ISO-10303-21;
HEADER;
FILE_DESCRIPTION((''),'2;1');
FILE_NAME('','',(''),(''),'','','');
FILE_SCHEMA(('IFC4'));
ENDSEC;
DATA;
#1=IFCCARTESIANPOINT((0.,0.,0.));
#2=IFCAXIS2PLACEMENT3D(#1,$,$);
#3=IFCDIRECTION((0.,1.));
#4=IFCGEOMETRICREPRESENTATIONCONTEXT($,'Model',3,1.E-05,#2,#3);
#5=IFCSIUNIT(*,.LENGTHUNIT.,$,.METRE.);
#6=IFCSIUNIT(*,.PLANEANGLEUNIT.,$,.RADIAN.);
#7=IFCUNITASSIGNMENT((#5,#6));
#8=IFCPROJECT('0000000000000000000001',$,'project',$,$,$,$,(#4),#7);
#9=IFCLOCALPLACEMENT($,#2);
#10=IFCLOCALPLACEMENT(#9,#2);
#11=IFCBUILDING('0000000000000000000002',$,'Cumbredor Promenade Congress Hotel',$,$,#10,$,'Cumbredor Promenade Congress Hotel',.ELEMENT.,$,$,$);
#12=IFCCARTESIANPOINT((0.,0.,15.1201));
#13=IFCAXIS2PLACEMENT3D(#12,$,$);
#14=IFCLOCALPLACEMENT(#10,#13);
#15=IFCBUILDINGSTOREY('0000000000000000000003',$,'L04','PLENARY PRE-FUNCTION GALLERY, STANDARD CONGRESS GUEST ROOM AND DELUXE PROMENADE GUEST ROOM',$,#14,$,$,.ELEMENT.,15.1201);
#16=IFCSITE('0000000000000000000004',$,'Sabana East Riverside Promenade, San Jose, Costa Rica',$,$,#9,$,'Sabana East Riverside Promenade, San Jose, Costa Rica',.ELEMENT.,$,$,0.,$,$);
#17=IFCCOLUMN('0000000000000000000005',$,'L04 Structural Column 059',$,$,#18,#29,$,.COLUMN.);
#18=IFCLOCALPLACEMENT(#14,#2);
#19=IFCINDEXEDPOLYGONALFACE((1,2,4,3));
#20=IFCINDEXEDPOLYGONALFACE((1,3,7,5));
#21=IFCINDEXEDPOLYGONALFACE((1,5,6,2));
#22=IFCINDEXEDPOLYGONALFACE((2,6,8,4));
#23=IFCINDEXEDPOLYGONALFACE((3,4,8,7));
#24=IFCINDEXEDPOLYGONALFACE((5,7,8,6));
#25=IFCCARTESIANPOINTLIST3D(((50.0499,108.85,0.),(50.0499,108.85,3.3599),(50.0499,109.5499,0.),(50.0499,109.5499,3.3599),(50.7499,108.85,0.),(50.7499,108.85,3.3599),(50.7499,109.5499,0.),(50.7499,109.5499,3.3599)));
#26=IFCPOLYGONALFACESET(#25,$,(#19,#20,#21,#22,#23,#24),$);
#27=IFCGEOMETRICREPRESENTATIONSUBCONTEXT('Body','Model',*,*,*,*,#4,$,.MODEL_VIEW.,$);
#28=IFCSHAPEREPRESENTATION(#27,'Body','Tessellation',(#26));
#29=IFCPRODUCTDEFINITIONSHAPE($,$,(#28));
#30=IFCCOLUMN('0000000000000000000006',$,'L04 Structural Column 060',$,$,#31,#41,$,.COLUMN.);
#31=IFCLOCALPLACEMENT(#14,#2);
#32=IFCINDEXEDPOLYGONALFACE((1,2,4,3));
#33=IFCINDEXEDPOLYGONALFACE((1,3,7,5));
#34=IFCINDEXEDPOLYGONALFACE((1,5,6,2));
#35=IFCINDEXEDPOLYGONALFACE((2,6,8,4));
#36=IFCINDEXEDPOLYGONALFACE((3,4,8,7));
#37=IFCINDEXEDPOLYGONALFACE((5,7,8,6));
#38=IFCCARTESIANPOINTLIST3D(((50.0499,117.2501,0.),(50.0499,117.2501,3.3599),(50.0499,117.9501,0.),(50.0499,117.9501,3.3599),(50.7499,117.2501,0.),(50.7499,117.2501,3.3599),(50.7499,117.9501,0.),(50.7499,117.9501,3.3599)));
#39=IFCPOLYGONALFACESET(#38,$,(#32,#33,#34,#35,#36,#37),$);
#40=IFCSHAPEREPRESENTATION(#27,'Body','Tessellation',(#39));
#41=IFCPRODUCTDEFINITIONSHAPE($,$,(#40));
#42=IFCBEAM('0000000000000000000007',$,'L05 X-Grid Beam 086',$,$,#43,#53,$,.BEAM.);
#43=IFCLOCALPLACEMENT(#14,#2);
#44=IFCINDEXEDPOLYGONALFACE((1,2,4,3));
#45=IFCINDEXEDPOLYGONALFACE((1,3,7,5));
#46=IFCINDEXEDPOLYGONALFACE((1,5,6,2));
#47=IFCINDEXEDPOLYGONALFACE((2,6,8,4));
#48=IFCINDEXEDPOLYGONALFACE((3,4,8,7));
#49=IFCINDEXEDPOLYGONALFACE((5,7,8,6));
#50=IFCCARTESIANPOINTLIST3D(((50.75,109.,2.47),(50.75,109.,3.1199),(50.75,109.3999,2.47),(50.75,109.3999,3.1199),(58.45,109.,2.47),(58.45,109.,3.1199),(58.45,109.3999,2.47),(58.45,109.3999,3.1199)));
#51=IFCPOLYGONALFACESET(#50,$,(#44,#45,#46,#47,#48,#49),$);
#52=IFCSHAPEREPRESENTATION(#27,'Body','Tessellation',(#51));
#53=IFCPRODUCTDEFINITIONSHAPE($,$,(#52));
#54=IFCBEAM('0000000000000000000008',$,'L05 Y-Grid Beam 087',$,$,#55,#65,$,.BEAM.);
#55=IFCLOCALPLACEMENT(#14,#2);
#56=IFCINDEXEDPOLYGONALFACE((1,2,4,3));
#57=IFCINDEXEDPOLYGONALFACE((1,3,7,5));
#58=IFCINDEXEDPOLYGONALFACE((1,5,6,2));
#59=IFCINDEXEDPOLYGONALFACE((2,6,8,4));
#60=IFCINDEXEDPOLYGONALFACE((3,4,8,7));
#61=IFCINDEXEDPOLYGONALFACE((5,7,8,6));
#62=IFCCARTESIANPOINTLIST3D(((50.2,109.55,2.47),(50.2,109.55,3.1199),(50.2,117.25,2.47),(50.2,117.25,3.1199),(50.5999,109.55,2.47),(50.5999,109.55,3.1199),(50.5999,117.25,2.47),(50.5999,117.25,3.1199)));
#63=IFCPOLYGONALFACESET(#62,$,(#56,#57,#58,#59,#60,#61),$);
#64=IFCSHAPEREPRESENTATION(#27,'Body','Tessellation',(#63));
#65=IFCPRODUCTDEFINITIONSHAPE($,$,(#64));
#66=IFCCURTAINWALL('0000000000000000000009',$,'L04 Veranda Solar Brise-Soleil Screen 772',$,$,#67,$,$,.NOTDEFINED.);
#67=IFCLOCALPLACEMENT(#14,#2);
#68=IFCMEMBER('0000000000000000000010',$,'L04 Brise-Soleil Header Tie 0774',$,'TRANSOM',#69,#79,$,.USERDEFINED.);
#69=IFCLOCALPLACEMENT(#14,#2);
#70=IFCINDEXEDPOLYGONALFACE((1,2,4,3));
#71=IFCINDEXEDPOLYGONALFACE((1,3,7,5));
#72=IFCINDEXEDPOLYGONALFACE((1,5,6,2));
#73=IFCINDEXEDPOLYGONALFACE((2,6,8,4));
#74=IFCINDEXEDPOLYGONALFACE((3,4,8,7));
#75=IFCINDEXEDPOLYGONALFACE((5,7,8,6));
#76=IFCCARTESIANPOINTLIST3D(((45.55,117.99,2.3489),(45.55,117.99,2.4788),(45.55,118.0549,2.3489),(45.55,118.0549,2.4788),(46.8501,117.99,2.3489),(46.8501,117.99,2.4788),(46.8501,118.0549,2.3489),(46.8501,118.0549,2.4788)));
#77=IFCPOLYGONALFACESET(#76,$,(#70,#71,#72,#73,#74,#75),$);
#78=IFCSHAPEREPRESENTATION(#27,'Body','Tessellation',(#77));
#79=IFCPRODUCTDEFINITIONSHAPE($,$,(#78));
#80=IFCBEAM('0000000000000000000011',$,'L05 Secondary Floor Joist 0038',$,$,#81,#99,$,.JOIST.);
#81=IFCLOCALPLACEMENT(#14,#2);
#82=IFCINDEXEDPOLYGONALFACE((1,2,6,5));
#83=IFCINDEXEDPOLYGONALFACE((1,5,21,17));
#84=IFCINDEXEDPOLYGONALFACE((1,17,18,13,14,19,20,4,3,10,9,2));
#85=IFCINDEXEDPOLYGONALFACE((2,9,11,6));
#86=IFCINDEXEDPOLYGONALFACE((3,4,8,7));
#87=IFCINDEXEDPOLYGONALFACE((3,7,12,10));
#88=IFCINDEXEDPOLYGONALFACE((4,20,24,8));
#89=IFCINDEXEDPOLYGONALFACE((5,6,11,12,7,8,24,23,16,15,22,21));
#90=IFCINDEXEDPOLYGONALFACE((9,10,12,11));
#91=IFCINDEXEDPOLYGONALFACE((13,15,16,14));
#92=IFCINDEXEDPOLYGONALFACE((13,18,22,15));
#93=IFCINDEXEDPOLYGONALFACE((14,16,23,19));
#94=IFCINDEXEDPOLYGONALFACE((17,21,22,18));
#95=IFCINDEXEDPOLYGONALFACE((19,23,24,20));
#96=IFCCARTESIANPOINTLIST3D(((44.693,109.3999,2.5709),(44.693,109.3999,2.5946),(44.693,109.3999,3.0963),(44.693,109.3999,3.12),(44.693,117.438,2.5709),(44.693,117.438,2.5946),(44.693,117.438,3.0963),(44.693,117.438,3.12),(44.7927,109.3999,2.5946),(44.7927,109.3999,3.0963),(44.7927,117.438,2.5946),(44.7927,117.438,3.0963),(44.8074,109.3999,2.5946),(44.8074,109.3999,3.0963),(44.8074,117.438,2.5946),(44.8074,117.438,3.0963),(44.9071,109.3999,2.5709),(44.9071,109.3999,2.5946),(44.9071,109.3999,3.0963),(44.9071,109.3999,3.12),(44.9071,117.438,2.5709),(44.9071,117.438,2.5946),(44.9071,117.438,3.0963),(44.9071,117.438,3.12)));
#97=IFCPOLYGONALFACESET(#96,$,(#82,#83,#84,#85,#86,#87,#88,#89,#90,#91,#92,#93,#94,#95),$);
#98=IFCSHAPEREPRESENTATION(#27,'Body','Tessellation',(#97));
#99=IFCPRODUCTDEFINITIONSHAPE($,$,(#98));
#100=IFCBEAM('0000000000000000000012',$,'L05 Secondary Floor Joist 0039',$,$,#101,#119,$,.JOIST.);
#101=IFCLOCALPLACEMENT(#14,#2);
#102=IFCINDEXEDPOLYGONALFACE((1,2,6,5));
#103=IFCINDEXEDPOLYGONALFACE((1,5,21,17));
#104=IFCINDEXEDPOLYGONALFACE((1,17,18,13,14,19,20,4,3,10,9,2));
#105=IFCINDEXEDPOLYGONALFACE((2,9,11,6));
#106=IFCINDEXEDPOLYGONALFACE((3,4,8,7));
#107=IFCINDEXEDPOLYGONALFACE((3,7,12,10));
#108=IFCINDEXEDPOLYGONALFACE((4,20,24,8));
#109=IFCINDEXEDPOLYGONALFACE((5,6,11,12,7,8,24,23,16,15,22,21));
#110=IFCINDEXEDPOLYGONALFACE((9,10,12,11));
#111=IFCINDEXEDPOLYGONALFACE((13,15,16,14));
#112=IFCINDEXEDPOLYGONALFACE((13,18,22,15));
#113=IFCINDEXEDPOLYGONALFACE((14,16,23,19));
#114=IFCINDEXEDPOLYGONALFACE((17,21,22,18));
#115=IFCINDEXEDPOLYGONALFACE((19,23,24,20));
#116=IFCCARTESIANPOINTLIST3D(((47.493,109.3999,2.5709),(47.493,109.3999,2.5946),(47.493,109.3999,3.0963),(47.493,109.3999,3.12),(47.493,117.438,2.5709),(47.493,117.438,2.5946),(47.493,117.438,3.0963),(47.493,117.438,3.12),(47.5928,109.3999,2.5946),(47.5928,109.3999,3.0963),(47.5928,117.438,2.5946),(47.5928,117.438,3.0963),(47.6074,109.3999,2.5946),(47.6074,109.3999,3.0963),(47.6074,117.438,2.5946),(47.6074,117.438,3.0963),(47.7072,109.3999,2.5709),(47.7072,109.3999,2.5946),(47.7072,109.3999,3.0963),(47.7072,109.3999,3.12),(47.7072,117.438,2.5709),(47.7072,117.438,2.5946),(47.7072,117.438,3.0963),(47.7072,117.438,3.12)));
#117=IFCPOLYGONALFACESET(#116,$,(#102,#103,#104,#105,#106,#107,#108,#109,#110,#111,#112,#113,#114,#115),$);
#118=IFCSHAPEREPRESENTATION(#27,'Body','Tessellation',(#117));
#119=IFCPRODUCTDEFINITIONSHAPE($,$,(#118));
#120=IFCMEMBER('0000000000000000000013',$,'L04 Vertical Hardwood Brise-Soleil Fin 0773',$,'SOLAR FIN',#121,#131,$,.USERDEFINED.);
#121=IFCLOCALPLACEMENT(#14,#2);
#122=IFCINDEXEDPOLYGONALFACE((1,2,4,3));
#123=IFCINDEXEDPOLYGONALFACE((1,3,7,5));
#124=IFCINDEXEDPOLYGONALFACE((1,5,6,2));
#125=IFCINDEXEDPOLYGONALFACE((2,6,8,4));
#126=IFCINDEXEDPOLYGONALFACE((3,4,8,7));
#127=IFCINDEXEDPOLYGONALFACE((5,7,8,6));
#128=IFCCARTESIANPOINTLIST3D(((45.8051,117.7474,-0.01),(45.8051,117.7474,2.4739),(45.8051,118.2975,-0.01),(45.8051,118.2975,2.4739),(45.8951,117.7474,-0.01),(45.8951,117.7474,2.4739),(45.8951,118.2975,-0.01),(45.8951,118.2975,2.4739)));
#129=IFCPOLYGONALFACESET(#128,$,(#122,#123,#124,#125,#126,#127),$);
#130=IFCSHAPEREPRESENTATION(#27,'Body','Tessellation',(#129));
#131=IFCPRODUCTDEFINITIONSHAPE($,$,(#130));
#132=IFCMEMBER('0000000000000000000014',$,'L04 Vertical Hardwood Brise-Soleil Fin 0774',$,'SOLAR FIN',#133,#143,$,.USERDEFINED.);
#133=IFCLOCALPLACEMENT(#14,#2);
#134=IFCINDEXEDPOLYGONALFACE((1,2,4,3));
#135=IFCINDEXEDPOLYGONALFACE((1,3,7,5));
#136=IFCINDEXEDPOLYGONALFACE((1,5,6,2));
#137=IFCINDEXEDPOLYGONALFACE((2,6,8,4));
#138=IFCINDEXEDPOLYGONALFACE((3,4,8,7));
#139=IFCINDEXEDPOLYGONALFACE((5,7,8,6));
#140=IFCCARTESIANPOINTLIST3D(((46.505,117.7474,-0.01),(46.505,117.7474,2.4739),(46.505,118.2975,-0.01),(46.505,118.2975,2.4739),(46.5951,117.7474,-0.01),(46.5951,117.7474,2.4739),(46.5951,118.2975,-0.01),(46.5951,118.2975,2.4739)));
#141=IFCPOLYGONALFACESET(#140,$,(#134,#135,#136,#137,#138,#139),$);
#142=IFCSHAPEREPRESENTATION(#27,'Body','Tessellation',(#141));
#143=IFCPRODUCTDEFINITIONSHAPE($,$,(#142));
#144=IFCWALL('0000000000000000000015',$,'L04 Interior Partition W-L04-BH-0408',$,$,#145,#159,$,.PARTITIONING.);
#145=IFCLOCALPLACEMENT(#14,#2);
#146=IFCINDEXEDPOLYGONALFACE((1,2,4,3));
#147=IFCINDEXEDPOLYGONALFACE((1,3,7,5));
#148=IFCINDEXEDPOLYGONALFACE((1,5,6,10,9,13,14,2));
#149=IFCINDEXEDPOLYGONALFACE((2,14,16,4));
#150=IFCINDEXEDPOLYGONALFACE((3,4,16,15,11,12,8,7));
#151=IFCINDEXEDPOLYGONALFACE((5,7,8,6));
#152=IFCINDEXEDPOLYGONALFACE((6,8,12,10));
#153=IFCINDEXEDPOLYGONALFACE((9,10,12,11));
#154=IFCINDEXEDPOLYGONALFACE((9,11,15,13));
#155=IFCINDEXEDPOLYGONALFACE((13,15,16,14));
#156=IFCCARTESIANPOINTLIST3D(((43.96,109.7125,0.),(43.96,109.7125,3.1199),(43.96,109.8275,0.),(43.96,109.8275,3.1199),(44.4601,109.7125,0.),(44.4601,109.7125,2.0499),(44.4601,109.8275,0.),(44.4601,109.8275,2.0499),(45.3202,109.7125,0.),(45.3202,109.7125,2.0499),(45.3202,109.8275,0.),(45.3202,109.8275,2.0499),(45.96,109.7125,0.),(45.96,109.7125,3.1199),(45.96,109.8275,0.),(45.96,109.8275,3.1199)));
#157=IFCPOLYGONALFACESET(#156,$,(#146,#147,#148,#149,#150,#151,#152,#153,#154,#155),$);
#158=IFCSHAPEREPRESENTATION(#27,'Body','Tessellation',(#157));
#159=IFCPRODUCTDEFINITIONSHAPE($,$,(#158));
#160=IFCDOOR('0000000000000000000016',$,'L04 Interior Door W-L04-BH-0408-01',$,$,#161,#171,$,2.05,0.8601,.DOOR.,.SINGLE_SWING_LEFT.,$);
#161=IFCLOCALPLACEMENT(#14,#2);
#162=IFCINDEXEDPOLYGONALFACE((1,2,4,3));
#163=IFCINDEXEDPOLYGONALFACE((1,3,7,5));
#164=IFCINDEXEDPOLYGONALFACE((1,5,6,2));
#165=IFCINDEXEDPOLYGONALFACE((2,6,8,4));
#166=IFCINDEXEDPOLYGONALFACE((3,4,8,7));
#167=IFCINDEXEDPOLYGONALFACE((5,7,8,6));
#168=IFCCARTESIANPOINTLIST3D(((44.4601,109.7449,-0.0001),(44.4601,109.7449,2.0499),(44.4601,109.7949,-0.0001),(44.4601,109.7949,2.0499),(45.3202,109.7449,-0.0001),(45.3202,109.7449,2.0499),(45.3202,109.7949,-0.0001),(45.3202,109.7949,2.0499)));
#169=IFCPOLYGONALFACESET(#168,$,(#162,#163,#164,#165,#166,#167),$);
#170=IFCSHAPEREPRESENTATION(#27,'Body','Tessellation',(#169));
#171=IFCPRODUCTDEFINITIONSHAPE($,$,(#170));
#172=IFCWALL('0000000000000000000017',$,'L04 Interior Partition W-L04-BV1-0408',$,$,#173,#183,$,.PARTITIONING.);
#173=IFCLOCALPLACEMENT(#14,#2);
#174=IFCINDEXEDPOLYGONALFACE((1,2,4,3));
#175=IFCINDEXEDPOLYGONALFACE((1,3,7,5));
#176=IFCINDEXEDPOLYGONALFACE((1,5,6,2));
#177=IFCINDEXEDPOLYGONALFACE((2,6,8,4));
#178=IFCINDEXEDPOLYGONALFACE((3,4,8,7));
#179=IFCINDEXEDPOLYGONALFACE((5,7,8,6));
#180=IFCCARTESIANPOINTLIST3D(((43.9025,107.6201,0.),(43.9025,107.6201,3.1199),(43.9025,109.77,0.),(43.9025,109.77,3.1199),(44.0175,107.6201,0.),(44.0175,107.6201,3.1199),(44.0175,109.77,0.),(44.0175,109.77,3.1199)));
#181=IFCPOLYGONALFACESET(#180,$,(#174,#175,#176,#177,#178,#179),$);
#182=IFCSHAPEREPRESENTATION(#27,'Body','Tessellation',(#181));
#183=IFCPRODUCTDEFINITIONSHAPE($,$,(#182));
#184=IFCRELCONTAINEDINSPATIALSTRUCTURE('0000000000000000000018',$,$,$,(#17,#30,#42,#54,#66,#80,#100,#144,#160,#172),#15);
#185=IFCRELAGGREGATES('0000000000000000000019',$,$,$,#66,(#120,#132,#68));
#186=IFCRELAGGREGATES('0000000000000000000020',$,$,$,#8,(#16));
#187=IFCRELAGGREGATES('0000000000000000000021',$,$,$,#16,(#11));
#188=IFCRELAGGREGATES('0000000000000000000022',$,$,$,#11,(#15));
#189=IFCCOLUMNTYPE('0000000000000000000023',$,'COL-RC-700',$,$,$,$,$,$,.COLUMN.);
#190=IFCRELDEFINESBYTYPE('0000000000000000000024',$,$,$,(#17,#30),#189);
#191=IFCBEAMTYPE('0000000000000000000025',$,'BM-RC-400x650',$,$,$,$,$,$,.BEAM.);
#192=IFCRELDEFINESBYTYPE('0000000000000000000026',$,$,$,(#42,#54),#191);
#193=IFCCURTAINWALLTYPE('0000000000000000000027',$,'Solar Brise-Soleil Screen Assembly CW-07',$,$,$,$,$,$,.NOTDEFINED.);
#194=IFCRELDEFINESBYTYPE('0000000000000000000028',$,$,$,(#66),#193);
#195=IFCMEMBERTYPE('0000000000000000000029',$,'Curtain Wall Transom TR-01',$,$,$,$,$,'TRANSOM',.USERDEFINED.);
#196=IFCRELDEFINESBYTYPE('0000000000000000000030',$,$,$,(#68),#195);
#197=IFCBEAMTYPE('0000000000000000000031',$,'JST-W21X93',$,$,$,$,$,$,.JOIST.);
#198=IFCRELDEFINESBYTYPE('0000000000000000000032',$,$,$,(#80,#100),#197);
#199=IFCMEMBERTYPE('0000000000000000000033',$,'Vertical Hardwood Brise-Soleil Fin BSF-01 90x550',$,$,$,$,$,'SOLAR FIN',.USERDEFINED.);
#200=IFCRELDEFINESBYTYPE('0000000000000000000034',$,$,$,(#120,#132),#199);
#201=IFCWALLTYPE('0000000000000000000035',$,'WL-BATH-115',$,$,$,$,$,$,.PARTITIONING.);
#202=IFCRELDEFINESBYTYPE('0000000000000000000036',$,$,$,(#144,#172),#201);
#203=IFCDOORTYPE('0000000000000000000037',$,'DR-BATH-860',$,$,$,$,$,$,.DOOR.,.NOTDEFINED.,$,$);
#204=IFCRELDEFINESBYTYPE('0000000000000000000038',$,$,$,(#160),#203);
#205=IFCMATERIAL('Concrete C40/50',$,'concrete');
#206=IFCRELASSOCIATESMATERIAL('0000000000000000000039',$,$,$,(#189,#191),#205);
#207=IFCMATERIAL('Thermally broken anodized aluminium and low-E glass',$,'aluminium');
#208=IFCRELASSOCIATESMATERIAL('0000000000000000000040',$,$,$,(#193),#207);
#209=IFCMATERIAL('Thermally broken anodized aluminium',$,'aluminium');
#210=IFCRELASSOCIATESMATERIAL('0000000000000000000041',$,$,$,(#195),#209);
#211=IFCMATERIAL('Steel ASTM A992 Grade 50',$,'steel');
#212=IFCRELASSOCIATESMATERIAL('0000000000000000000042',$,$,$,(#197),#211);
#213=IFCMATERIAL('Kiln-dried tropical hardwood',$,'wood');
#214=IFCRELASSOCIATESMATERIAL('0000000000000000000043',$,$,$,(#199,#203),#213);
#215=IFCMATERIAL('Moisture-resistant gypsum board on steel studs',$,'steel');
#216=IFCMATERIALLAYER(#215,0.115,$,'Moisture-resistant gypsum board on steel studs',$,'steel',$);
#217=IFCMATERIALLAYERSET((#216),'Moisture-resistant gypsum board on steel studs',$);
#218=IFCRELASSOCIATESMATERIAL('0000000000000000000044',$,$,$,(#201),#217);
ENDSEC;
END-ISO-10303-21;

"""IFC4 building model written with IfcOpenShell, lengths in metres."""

from ifc_helpers import new_model, si_unit, direction, frame, frame_2d, origin, origin_2d, place, context, subcontext, project, spatial, rectangle, i_section, extrude, material, layer, layer_set, material_profile, profile_set, type_object, element, fill, aggregate, save


model = new_model("IFC4")

# Units and contexts
model_context = context("Model", 3, precision=1e-05, world=origin(), true_north=direction((0.0, 1.0)))
body_context = subcontext(model_context, "Body", "Model", "MODEL_VIEW")
ifc_project = project(units=[si_unit("LENGTHUNIT", "METRE"), si_unit("PLANEANGLEUNIT", "RADIAN")], contexts=[model_context])

# Site, building, storey
site_placement = place(None, origin())
site = spatial("IfcSite", under=ifc_project, at=site_placement, Name="Sabana East Riverside Promenade, San Jose, Costa Rica", LongName="Sabana East Riverside Promenade, San Jose, Costa Rica", CompositionType="ELEMENT", RefElevation=0.0)
building_placement = place(site_placement, origin())
building = spatial("IfcBuilding", under=site, at=building_placement, Name="Cumbredor Promenade Congress Hotel", LongName="Cumbredor Promenade Congress Hotel", CompositionType="ELEMENT")
storey_placement = place(building_placement, frame((0.0, 0.0, 15.1201)))
storey = spatial("IfcBuildingStorey", under=building, at=storey_placement, Name="L04", Description="PLENARY PRE-FUNCTION GALLERY, STANDARD CONGRESS GUEST ROOM AND DELUXE PROMENADE GUEST ROOM", CompositionType="ELEMENT", Elevation=15.1201)

# Columns
ifc_material_1 = material(Name="Concrete C40/50", Category="concrete")
ifc_material_profile_1 = material_profile(ifc_material_1, rectangle(XDim=0.7, YDim=0.7, at=origin_2d()), Name="RC 700x700")
ifc_profile_set_1 = profile_set([ifc_material_profile_1], Name="Concrete C40/50")
column_type = type_object("IfcColumnType", Name="COL-RC-700", PredefinedType="COLUMN", material=ifc_profile_set_1)
for number, where, z_axis, x_axis, name in (
    (1, (50.3999, 109.2, 0.0), (0.0, 0.0, 1.0), (1.0, 0.0, 0.0), "L04 Structural Column 059"),
    (2, (50.3999, 117.6001, 0.0), (0.0, 0.0, 1.0), (1.0, 0.0, 0.0), "L04 Structural Column 060"),
):
    element("IfcColumn", number, at=place(storey_placement, frame(where, z_axis=z_axis, x_axis=x_axis)), inside=storey, type_object=column_type, Name=name, PredefinedType="COLUMN", context=body_context, shape_type="SweptSolid", body=[
        extrude(rectangle(XDim=0.7, YDim=0.7, at=origin_2d()), origin(), (0.0, 0.0, 1.0), 3.3599),
    ])

# Beams
ifc_material_profile_2 = material_profile(ifc_material_1, rectangle(XDim=0.3999, YDim=0.6499, at=origin_2d()), Name="RC BEAM 400x650")
ifc_profile_set_2 = profile_set([ifc_material_profile_2], Name="Concrete C40/50")
beam_type_1 = type_object("IfcBeamType", Name="BM-RC-400x650", PredefinedType="BEAM", material=ifc_profile_set_2)
for number, where, z_axis, x_axis, name in (
    (3, (50.75, 109.2, 2.7949), (1.0, 0.0, 0.0), (0.0, 1.0, 0.0), "L05 X-Grid Beam 086"),
    (4, (50.3999, 109.55, 2.7949), (0.0, 1.0, 0.0), (-1.0, 0.0, 0.0), "L05 Y-Grid Beam 087"),
):
    element("IfcBeam", number, at=place(storey_placement, frame(where, z_axis=z_axis, x_axis=x_axis)), inside=storey, type_object=beam_type_1, Name=name, PredefinedType="BEAM", context=body_context, shape_type="SweptSolid", body=[
        extrude(rectangle(XDim=0.3999, YDim=0.6499, at=origin_2d()), origin(), (0.0, 0.0, 1.0), 7.7),
    ])

# Curtain wall, member
ifc_material_2 = material(Name="Thermally broken anodized aluminium and low-E glass", Category="aluminium")
curtain_wall_type = type_object("IfcCurtainWallType", Name="Solar Brise-Soleil Screen Assembly CW-07", PredefinedType="NOTDEFINED", material=ifc_material_2)
curtain_wall_placement = place(storey_placement, origin())
curtain_wall = element("IfcCurtainWall", 5, at=curtain_wall_placement, inside=storey, type_object=curtain_wall_type, Name="L04 Veranda Solar Brise-Soleil Screen 772", PredefinedType="NOTDEFINED")
ifc_material_3 = material(Name="Thermally broken anodized aluminium", Category="aluminium")
ifc_material_profile_3 = material_profile(ifc_material_3, rectangle(XDim=0.0649, YDim=0.1299, at=origin_2d()), Name="ALU TRANSOM 65x130")
ifc_profile_set_3 = profile_set([ifc_material_profile_3], Name="Thermally broken anodized aluminium")
member_type_1 = type_object("IfcMemberType", Name="Curtain Wall Transom TR-01", ElementType="TRANSOM", PredefinedType="USERDEFINED", material=ifc_profile_set_3)
member_1_placement = place(storey_placement, frame((45.55, 118.0225, 2.4138), z_axis=(1.0, 0.0, 0.0), x_axis=(0.0, 1.0, 0.0)))
member_1 = element("IfcMember", 6, at=member_1_placement, type_object=member_type_1, Name="L04 Brise-Soleil Header Tie 0774", ObjectType="TRANSOM", PredefinedType="USERDEFINED", context=body_context, shape_type="SweptSolid", body=[
    extrude(rectangle(XDim=0.0649, YDim=0.1299, at=origin_2d()), origin(), (0.0, 0.0, 1.0), 1.3),
])

# Beams
ifc_material_4 = material(Name="Steel ASTM A992 Grade 50", Category="steel")
ifc_material_profile_4 = material_profile(ifc_material_4, i_section(OverallWidth=0.2141, OverallDepth=0.5491, WebThickness=0.0146, FlangeThickness=0.0237, at=origin_2d()), Name="W21X93")
ifc_profile_set_4 = profile_set([ifc_material_profile_4], Name="Steel ASTM A992 Grade 50")
beam_type_2 = type_object("IfcBeamType", Name="JST-W21X93", PredefinedType="JOIST", material=ifc_profile_set_4)
for number, where, z_axis, x_axis, name in (
    (7, (44.8, 109.3999, 2.8455), (0.0, 1.0, 0.0), (-1.0, 0.0, 0.0), "L05 Secondary Floor Joist 0038"),
    (8, (47.6001, 109.3999, 2.8455), (0.0, 1.0, 0.0), (-1.0, 0.0, 0.0), "L05 Secondary Floor Joist 0039"),
):
    element("IfcBeam", number, at=place(storey_placement, frame(where, z_axis=z_axis, x_axis=x_axis)), inside=storey, type_object=beam_type_2, Name=name, PredefinedType="JOIST", context=body_context, shape_type="SweptSolid", body=[
        extrude(i_section(OverallWidth=0.2141, OverallDepth=0.5491, WebThickness=0.0146, FlangeThickness=0.0237, at=origin_2d()), origin(), (0.0, 0.0, 1.0), 8.0381),
    ])

# Members
ifc_material_5 = material(Name="Kiln-dried tropical hardwood", Category="wood")
ifc_material_profile_5 = material_profile(ifc_material_5, rectangle(XDim=0.0901, YDim=0.55, at=origin_2d()), Name="ARCH FIN 90x550")
ifc_profile_set_5 = profile_set([ifc_material_profile_5], Name="Kiln-dried tropical hardwood")
member_type_2 = type_object("IfcMemberType", Name="Vertical Hardwood Brise-Soleil Fin BSF-01 90x550", ElementType="SOLAR FIN", PredefinedType="USERDEFINED", material=ifc_profile_set_5)
member_2_placement = place(storey_placement, frame((45.8501, 118.0225, -0.01), z_axis=(0.0, 0.0, 1.0), x_axis=(1.0, 0.0, 0.0)))
member_2 = element("IfcMember", 9, at=member_2_placement, type_object=member_type_2, Name="L04 Vertical Hardwood Brise-Soleil Fin 0773", ObjectType="SOLAR FIN", PredefinedType="USERDEFINED", context=body_context, shape_type="SweptSolid", body=[
    extrude(rectangle(XDim=0.0901, YDim=0.55, at=origin_2d()), origin(), (0.0, 0.0, 1.0), 2.4839),
])
member_3_placement = place(storey_placement, frame((46.55, 118.0225, -0.01), z_axis=(0.0, 0.0, 1.0), x_axis=(1.0, 0.0, 0.0)))
member_3 = element("IfcMember", 10, at=member_3_placement, type_object=member_type_2, Name="L04 Vertical Hardwood Brise-Soleil Fin 0774", ObjectType="SOLAR FIN", PredefinedType="USERDEFINED", context=body_context, shape_type="SweptSolid", body=[
    extrude(rectangle(XDim=0.0901, YDim=0.55, at=origin_2d()), origin(), (0.0, 0.0, 1.0), 2.4839),
])
aggregate(curtain_wall, [member_2, member_3, member_1])

# Wall, opening, door
ifc_material_6 = material(Name="Moisture-resistant gypsum board on steel studs", Category="steel")
ifc_layer_1 = layer(ifc_material_6, 0.115, Name="Moisture-resistant gypsum board on steel studs", Category="steel")
ifc_layer_set_1 = layer_set([ifc_layer_1], Name="Moisture-resistant gypsum board on steel studs")
wall_type_1 = type_object("IfcWallType", Name="WL-BATH-115", PredefinedType="PARTITIONING", material=ifc_layer_set_1)
wall_1_placement = place(storey_placement, frame((43.96, 109.77, 0.0), z_axis=(0.0, 0.0, 1.0), x_axis=(1.0, 0.0, 0.0)))
wall_1 = element("IfcWall", 11, at=wall_1_placement, inside=storey, type_object=wall_type_1, Name="L04 Interior Partition W-L04-BH-0408", PredefinedType="PARTITIONING", context=body_context, shape_type="SweptSolid", body=[
    extrude(rectangle(XDim=2.0, YDim=0.115, at=frame_2d((1.0, 0.0))), origin(), (0.0, 0.0, 1.0), 3.1199),
])
opening_1_placement = place(wall_1_placement, frame((0.5, 0.0, 0.0)))
opening_1 = element("IfcOpeningElement", 12, at=opening_1_placement, cuts=wall_1, PredefinedType="OPENING", context=body_context, shape_type="SweptSolid", body=[
    extrude(rectangle(XDim=0.8601, YDim=2.05, at=frame_2d((0.4302, 1.0249))), frame((0.0, 0.0674, 0.0), z_axis=(0.0, -1.0, 0.0), x_axis=(1.0, 0.0, 0.0)), (0.0, 0.0, 1.0), 0.135),
])
door_type = type_object("IfcDoorType", Name="DR-BATH-860", OperationType="NOTDEFINED", PredefinedType="DOOR", material=ifc_material_5)
door_1_placement = place(opening_1_placement, origin())
door_1 = element("IfcDoor", 13, at=door_1_placement, inside=storey, type_object=door_type, Name="L04 Interior Door W-L04-BH-0408-01", OperationType="SINGLE_SWING_LEFT", OverallHeight=2.05, OverallWidth=0.8601, PredefinedType="DOOR", context=body_context, shape_type="SweptSolid", body=[
    extrude(rectangle(XDim=0.8601, YDim=2.05, at=frame_2d((0.4302, 1.0249))), frame((0.0, 0.0249, 0.0), z_axis=(0.0, -1.0, 0.0), x_axis=(1.0, 0.0, 0.0)), (0.0, 0.0, 1.0), 0.05),
])
fill(opening_1, door_1)

# Wall
for number, where, z_axis, x_axis, name in (
    (14, (43.96, 107.6201, 0.0), (0.0, 0.0, 1.0), (0.0, 1.0, 0.0), "L04 Interior Partition W-L04-BV1-0408"),
):
    element("IfcWall", number, at=place(storey_placement, frame(where, z_axis=z_axis, x_axis=x_axis)), inside=storey, type_object=wall_type_1, Name=name, PredefinedType="PARTITIONING", context=body_context, shape_type="SweptSolid", body=[
        extrude(rectangle(XDim=2.1499, YDim=0.115, at=frame_2d((1.075, 0.0))), origin(), (0.0, 0.0, 1.0), 3.1199),
    ])

save(model, "model.ifc")
